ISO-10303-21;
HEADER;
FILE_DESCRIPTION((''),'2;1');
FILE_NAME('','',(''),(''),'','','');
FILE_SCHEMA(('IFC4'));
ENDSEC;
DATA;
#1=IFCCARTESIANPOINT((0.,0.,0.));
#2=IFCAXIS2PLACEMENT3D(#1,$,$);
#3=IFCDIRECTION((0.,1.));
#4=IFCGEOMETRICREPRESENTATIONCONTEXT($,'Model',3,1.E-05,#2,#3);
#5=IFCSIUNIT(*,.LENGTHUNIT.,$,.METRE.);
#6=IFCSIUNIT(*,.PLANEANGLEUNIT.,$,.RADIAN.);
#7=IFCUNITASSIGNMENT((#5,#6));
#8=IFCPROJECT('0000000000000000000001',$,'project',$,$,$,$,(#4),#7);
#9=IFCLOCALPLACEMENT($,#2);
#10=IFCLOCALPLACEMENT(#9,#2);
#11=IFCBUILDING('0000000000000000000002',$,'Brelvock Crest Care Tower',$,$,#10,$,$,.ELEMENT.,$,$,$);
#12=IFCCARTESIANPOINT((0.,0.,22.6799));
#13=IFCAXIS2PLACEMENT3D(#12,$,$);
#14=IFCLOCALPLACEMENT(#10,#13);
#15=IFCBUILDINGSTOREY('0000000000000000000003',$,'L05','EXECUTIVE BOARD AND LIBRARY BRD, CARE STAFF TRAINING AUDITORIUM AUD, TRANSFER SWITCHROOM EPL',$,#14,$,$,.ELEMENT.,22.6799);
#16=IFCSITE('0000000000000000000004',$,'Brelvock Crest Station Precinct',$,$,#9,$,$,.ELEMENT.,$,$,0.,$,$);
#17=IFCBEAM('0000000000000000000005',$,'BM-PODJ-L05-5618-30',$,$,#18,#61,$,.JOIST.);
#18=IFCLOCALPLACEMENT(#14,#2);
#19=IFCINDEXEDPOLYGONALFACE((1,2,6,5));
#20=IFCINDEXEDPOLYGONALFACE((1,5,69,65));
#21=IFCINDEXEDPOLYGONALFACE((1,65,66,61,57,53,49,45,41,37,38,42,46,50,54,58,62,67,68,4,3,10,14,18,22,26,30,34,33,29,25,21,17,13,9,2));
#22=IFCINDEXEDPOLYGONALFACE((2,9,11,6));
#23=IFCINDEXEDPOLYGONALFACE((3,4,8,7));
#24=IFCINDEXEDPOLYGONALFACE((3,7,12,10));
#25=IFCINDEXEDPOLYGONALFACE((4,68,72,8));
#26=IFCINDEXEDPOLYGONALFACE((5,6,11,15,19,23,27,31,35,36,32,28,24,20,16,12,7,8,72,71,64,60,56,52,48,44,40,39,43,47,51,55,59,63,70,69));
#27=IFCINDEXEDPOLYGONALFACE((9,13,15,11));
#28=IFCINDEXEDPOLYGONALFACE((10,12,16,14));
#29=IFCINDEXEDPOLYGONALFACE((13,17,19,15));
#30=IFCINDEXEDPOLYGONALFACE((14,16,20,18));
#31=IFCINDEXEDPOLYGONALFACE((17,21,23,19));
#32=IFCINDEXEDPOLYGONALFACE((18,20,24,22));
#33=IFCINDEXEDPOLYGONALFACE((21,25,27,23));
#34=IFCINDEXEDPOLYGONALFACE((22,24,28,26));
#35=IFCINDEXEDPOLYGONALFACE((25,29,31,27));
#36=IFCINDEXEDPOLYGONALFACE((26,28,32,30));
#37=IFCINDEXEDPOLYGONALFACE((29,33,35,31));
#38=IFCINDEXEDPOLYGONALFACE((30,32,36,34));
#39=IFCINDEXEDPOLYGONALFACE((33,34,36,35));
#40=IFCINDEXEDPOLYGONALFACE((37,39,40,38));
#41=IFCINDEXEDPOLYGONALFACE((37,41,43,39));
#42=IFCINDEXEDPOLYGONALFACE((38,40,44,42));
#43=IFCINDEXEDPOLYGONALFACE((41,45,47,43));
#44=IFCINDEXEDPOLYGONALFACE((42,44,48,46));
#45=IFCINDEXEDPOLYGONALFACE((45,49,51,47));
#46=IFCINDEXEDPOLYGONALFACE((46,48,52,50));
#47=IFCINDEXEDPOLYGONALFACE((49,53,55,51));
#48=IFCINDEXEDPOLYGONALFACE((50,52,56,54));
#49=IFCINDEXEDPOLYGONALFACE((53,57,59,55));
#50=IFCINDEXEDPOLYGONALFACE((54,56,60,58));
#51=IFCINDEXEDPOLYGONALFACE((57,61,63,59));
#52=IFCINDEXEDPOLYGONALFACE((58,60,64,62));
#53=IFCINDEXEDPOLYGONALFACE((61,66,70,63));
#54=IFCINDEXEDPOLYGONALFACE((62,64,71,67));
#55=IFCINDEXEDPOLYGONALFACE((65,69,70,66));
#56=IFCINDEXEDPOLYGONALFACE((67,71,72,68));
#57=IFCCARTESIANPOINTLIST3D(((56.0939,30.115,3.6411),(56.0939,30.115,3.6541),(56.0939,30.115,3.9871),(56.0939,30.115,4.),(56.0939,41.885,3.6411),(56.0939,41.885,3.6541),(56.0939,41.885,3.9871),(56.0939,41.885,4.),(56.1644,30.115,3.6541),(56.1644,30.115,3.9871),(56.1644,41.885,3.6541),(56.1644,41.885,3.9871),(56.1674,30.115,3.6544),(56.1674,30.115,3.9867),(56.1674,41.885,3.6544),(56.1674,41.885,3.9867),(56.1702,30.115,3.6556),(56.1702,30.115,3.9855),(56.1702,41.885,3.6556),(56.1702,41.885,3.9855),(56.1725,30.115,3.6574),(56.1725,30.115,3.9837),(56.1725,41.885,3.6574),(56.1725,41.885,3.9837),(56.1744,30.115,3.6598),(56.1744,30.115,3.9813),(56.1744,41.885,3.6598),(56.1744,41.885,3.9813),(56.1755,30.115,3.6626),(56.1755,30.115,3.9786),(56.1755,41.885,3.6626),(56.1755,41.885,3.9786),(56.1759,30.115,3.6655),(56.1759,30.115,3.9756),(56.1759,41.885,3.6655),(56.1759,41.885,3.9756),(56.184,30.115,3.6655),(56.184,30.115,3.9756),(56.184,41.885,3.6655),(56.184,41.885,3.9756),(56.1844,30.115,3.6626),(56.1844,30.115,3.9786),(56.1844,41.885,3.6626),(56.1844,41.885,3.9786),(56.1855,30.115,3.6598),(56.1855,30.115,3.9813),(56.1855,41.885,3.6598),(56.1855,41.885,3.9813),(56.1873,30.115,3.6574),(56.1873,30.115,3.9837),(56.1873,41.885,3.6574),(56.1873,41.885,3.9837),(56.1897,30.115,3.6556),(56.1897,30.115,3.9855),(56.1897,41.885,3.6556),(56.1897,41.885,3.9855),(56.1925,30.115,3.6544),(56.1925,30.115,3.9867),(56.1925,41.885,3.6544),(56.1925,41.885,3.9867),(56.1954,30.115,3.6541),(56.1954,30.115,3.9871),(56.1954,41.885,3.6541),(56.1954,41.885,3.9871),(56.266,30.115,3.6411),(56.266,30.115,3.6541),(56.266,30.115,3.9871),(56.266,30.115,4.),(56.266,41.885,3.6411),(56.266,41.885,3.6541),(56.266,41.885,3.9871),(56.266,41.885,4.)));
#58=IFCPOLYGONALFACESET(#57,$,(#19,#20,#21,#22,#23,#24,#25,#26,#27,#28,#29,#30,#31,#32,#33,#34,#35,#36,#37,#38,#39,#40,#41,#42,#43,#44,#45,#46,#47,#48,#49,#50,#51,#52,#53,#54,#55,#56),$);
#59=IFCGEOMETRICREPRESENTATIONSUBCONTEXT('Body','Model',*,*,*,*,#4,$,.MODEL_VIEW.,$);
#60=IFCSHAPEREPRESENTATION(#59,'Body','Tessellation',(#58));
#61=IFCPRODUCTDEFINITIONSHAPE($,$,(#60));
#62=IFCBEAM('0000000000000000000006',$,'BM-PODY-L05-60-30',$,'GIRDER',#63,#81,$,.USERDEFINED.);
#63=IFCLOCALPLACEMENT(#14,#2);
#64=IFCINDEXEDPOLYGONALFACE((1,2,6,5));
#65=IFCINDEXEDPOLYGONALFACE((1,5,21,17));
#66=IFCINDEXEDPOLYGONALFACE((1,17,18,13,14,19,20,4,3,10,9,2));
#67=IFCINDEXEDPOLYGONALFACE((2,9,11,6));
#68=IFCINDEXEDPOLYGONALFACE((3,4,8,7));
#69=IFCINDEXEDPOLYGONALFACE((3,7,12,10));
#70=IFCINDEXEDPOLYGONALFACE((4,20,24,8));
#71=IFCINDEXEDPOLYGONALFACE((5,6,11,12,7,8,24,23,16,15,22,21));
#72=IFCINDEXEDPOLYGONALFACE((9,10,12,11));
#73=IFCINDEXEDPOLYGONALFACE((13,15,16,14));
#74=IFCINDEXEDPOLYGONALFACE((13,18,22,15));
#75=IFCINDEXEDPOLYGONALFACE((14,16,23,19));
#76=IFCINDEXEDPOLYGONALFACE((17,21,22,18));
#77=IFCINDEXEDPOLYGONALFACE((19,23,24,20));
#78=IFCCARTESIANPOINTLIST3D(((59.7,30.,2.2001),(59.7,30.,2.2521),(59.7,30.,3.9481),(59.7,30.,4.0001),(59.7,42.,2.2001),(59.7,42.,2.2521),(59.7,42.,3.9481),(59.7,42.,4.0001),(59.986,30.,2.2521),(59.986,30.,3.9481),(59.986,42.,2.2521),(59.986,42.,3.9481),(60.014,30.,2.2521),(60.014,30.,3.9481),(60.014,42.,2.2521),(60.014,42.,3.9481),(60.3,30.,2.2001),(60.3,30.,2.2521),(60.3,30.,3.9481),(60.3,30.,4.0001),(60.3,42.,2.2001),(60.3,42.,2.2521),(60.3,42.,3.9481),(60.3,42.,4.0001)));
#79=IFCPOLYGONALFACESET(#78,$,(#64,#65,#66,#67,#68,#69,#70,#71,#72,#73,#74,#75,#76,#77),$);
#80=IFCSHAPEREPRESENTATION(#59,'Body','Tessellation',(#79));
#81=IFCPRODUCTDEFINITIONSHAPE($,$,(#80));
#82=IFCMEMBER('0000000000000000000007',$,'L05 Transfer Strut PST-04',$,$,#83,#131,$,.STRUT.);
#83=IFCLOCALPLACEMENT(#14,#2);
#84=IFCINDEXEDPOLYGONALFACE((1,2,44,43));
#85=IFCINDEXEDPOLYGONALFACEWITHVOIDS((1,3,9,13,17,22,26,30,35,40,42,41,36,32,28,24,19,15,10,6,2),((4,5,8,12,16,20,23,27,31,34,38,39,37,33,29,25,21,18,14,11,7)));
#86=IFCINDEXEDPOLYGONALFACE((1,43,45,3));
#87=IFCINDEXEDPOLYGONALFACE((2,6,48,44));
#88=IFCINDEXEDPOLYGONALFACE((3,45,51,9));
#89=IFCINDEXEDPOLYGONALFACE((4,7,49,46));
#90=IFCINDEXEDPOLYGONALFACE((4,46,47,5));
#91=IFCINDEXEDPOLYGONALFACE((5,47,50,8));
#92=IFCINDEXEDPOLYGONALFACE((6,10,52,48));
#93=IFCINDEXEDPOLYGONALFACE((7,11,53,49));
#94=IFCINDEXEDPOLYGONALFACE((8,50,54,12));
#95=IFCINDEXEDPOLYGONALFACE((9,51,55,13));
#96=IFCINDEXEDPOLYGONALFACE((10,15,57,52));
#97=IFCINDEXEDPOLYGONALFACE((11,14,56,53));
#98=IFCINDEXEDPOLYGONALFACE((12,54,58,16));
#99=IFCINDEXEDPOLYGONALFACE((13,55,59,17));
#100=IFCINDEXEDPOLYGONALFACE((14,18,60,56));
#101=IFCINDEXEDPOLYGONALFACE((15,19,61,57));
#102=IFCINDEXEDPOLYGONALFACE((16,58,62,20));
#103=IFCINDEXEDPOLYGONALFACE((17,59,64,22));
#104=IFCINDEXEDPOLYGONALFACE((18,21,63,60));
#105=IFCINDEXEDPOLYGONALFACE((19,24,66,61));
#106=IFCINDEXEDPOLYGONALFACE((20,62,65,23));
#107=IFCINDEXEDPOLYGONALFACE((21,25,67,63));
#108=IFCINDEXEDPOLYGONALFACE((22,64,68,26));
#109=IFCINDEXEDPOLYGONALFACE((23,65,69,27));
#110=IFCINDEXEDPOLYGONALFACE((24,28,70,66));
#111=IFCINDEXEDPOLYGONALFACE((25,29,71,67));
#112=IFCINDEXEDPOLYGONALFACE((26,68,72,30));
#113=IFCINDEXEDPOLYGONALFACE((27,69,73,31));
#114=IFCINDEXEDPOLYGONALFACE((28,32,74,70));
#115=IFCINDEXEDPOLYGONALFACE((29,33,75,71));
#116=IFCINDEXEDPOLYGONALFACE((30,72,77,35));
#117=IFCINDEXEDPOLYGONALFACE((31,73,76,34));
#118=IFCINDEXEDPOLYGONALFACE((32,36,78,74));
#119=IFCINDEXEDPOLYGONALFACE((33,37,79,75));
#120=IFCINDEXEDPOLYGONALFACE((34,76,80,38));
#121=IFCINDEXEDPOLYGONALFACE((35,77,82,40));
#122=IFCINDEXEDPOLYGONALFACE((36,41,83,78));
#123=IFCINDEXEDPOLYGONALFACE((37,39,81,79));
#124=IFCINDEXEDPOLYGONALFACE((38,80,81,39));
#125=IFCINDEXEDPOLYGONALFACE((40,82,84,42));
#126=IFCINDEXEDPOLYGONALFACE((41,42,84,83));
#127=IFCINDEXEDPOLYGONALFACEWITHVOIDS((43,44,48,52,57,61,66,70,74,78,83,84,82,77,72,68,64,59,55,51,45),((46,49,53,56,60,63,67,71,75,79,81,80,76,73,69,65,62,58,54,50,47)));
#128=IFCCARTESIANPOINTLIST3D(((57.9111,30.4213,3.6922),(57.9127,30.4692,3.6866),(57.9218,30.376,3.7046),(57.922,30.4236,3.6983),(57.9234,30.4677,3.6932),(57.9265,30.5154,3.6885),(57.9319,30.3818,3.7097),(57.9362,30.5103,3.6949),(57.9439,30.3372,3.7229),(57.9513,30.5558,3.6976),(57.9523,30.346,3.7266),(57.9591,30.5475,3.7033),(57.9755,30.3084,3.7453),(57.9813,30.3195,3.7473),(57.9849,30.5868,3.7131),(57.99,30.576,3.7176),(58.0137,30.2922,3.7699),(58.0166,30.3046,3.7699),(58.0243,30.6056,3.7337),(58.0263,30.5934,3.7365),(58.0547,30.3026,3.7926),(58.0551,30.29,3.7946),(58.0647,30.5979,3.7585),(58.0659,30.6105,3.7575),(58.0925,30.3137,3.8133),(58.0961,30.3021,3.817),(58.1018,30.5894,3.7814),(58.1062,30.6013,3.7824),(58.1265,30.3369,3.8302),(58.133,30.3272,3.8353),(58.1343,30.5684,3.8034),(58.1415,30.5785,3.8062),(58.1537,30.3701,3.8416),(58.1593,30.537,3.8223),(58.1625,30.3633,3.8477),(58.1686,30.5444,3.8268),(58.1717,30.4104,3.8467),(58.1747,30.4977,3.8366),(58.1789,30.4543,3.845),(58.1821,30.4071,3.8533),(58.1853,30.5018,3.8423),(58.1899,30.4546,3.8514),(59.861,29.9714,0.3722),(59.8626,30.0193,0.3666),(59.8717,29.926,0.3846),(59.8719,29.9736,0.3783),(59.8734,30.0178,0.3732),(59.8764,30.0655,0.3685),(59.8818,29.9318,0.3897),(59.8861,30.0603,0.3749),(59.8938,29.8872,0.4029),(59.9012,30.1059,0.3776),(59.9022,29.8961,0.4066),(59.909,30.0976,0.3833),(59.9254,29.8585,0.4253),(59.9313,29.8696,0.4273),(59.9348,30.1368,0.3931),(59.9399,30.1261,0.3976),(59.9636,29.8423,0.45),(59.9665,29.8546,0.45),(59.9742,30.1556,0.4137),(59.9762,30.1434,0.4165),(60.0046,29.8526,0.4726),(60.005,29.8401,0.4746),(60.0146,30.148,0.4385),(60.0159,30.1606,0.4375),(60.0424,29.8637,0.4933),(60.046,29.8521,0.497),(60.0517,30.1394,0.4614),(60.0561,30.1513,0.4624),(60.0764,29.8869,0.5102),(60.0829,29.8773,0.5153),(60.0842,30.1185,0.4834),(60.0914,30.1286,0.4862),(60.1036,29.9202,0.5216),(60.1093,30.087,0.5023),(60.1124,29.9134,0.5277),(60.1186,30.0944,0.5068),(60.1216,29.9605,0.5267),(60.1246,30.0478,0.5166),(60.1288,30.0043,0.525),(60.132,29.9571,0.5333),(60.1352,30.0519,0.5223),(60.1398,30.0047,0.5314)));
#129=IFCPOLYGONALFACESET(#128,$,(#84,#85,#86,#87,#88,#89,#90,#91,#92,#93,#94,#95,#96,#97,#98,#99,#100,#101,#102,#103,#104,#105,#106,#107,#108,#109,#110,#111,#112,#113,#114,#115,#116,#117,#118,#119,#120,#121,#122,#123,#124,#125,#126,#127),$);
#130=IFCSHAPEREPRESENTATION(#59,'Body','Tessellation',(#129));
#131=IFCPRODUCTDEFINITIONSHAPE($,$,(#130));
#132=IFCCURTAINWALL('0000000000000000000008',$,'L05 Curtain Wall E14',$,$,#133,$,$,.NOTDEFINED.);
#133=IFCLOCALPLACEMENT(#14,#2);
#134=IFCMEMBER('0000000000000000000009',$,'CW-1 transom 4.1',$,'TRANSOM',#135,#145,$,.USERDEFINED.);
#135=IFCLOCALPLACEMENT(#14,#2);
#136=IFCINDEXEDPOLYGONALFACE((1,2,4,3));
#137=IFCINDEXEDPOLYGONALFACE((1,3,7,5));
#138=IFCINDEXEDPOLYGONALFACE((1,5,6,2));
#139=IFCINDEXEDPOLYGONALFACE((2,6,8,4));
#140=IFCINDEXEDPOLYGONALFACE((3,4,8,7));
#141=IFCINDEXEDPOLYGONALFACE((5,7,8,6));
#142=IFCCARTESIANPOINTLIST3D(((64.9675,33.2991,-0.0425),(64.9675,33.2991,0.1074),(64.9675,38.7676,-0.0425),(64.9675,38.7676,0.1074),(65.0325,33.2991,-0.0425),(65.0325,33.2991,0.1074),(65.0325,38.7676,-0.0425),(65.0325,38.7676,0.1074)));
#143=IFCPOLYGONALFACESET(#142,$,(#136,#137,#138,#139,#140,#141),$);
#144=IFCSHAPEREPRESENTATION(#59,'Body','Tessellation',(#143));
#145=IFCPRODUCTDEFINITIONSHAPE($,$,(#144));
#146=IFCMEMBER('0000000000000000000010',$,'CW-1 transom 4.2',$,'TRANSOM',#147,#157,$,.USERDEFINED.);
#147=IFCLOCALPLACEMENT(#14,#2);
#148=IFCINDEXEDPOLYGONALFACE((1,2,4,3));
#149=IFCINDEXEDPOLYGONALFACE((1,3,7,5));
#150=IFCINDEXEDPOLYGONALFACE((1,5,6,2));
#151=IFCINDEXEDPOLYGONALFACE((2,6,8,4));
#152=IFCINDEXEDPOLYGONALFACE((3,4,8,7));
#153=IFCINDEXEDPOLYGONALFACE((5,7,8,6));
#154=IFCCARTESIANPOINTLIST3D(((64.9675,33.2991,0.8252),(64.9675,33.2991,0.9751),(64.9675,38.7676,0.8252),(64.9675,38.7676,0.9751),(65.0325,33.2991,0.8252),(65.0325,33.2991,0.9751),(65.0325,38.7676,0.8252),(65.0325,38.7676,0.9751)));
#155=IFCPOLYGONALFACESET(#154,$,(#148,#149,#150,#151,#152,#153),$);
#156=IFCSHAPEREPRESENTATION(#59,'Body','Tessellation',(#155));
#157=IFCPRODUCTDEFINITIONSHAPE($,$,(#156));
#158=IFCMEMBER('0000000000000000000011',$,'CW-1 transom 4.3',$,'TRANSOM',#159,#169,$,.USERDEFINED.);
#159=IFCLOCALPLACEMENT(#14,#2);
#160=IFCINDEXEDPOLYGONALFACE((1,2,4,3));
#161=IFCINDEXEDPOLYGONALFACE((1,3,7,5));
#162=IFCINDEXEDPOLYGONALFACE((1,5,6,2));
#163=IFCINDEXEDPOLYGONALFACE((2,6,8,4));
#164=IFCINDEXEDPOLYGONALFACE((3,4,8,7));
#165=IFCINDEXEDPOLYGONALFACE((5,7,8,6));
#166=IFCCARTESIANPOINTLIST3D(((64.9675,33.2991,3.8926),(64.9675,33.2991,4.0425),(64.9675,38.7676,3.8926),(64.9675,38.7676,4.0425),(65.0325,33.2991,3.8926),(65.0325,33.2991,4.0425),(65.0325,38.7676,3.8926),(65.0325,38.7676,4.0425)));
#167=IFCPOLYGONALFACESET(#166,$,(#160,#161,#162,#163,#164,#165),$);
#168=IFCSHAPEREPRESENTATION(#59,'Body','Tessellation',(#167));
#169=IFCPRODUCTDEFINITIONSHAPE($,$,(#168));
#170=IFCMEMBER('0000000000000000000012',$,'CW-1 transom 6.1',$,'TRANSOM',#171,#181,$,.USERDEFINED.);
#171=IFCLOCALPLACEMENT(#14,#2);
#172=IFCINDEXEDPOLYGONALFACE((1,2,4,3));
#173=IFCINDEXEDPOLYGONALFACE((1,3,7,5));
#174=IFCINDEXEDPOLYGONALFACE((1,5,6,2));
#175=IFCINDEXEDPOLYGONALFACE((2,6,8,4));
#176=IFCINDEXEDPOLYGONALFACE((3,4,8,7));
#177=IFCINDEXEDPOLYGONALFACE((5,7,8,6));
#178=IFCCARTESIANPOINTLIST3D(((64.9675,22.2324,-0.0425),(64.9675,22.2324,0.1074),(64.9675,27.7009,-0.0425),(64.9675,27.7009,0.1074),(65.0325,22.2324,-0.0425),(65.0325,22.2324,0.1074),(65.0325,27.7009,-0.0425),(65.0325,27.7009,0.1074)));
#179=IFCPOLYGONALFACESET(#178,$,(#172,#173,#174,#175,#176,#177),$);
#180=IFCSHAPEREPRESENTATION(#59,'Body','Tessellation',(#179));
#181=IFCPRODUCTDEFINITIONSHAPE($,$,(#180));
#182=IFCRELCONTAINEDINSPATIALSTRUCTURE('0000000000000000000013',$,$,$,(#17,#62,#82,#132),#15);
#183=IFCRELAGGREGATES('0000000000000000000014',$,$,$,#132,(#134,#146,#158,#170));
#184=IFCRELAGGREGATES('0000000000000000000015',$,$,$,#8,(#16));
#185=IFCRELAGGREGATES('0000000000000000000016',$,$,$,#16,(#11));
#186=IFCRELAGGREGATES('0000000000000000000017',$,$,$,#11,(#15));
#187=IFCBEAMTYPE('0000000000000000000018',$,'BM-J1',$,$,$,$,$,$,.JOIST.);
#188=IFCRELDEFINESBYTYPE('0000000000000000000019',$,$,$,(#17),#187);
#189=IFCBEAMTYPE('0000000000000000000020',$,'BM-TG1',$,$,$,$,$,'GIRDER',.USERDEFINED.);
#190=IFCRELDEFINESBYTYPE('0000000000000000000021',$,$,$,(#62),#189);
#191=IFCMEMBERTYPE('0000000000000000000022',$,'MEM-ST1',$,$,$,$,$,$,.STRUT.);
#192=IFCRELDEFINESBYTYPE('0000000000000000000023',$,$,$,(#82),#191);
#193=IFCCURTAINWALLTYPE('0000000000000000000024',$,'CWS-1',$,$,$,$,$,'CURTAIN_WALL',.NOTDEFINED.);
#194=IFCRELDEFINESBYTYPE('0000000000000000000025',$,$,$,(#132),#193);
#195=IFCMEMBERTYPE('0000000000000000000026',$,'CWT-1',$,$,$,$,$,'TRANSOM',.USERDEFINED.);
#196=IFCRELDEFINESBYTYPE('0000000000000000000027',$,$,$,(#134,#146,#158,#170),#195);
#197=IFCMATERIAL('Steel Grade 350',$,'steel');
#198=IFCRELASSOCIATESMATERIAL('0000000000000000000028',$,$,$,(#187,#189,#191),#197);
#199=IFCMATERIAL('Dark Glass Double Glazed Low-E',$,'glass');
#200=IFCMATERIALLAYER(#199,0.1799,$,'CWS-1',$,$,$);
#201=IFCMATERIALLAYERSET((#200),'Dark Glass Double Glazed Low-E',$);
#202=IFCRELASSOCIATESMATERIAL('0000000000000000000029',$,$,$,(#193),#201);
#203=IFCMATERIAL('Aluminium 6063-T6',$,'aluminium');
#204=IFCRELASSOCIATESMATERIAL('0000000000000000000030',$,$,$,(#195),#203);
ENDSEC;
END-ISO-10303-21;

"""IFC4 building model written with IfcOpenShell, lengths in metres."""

from ifc_helpers import new_model, si_unit, direction, frame, origin, origin_2d, place, context, subcontext, project, spatial, rectangle, hollow_circle, i_section, extrude, source, transform, mapped, material, layer, layer_set, material_profile, profile_set, type_object, element, aggregate, save


model = new_model("IFC4")

# Units and contexts
model_context = context("Model", 3, precision=1e-05, world=origin(), true_north=direction((0.0, 1.0)))
body_context = subcontext(model_context, "Body", "Model", "MODEL_VIEW")
ifc_project = project(units=[si_unit("LENGTHUNIT", "METRE"), si_unit("PLANEANGLEUNIT", "RADIAN")], contexts=[model_context])

# Site, building, storey
site_placement = place(None, origin())
site = spatial("IfcSite", under=ifc_project, at=site_placement, Name="Brelvock Crest Station Precinct", CompositionType="ELEMENT", RefElevation=0.0)
building_placement = place(site_placement, origin())
building = spatial("IfcBuilding", under=site, at=building_placement, Name="Brelvock Crest Care Tower", CompositionType="ELEMENT")
storey_placement = place(building_placement, frame((0.0, 0.0, 22.6799)))
storey = spatial("IfcBuildingStorey", under=building, at=storey_placement, Name="L05", Description="EXECUTIVE BOARD AND LIBRARY BRD, CARE STAFF TRAINING AUDITORIUM AUD, TRANSFER SWITCHROOM EPL", CompositionType="ELEMENT", Elevation=22.6799)

# Shared definitions
ifc_material_1 = material(Name="Steel Grade 350", Category="steel")

# Beams
ifc_material_profile_1 = material_profile(ifc_material_1, i_section(OverallWidth=0.1721, OverallDepth=0.3589, WebThickness=0.0081, FlangeThickness=0.0129, FilletRadius=0.0115, at=origin_2d()), Name="360UB56.7")
ifc_profile_set_1 = profile_set([ifc_material_profile_1], Name="Steel Grade 350")
beam_type_1 = type_object("IfcBeamType", Name="BM-J1", PredefinedType="JOIST", material=ifc_profile_set_1)
shared_shape_1 = source(origin(), body_context, "Body", "SweptSolid", [
    extrude(i_section(OverallWidth=0.1721, OverallDepth=0.3589, WebThickness=0.0081, FlangeThickness=0.0129, FilletRadius=0.0115, at=origin_2d()), origin(), (0.0, 0.0, 1.0), 11.77),
])
for number, where, z_axis, x_axis, name in (
    (1, (56.1799, 30.115, 3.8206), (0.0, 1.0, 0.0), (-1.0, 0.0, 0.0), "BM-PODJ-L05-5618-30"),
):
    element("IfcBeam", number, at=place(storey_placement, frame(where, z_axis=z_axis, x_axis=x_axis)), inside=storey, type_object=beam_type_1, Name=name, PredefinedType="JOIST", context=body_context, shape_type="MappedRepresentation", body=[
        mapped(shared_shape_1, transform((0.0, 0.0, 0.0), x_axis=(1.0, 0.0, 0.0), y_axis=(0.0, 1.0, 0.0), z_axis=(0.0, 0.0, 1.0), scale=1.0)),
    ])
ifc_material_profile_2 = material_profile(ifc_material_1, i_section(OverallWidth=0.6001, OverallDepth=1.8, WebThickness=0.0281, FlangeThickness=0.052, at=origin_2d()), Name="1800TG740")
ifc_profile_set_2 = profile_set([ifc_material_profile_2], Name="Steel Grade 350")
beam_type_2 = type_object("IfcBeamType", Name="BM-TG1", ElementType="GIRDER", PredefinedType="USERDEFINED", material=ifc_profile_set_2)
shared_shape_2 = source(origin(), body_context, "Body", "SweptSolid", [
    extrude(i_section(OverallWidth=0.6001, OverallDepth=1.8, WebThickness=0.0281, FlangeThickness=0.052, at=origin_2d()), origin(), (0.0, 0.0, 1.0), 12.0),
])
beam_placement = place(storey_placement, frame((60.0, 30.0, 3.1001), z_axis=(0.0, 1.0, 0.0), x_axis=(-1.0, 0.0, 0.0)))
element("IfcBeam", 2, at=beam_placement, inside=storey, type_object=beam_type_2, Name="BM-PODY-L05-60-30", ObjectType="GIRDER", PredefinedType="USERDEFINED", context=body_context, shape_type="MappedRepresentation", body=[
    mapped(shared_shape_2, transform((0.0, 0.0, 0.0), x_axis=(1.0, 0.0, 0.0), y_axis=(0.0, 1.0, 0.0), z_axis=(0.0, 0.0, 1.0), scale=1.0)),
])

# Member
ifc_material_profile_3 = material_profile(ifc_material_1, hollow_circle(Radius=0.1619, WallThickness=0.0127, at=origin_2d()), Name="CHS323.9x12.7")
ifc_profile_set_3 = profile_set([ifc_material_profile_3], Name="Steel Grade 350")
member_type_1 = type_object("IfcMemberType", Name="MEM-ST1", PredefinedType="STRUT", material=ifc_profile_set_3)
shared_shape_3 = source(origin(), body_context, "Body", "SweptSolid", [
    extrude(hollow_circle(Radius=0.1619, WallThickness=0.0127, at=origin_2d()), origin(), (0.0, 0.0, 1.0), 3.8765),
])
member_1_placement = place(storey_placement, frame((60.0, 30.0, 0.45), z_axis=(-0.503012, 0.11607, 0.85645), x_axis=(-0.224842, -0.974395, 0.0)))
element("IfcMember", 3, at=member_1_placement, inside=storey, type_object=member_type_1, Name="L05 Transfer Strut PST-04", PredefinedType="STRUT", context=body_context, shape_type="MappedRepresentation", body=[
    mapped(shared_shape_3, transform((0.0, 0.0, 0.0), x_axis=(1.0, 0.0, 0.0), y_axis=(0.0, 1.0, 0.0), z_axis=(0.0, 0.0, 1.0), scale=1.0)),
])

# Curtain wall, members
ifc_material_2 = material(Name="Dark Glass Double Glazed Low-E", Category="glass")
ifc_layer_1 = layer(ifc_material_2, 0.1799, Name="CWS-1")
ifc_layer_set_1 = layer_set([ifc_layer_1], Name="Dark Glass Double Glazed Low-E")
curtain_wall_type = type_object("IfcCurtainWallType", Name="CWS-1", ElementType="CURTAIN_WALL", PredefinedType="NOTDEFINED", material=ifc_layer_set_1)
curtain_wall_placement = place(storey_placement, origin())
curtain_wall = element("IfcCurtainWall", 4, at=curtain_wall_placement, inside=storey, type_object=curtain_wall_type, Name="L05 Curtain Wall E14", PredefinedType="NOTDEFINED")
ifc_material_3 = material(Name="Aluminium 6063-T6", Category="aluminium")
ifc_material_profile_4 = material_profile(ifc_material_3, rectangle(XDim=0.0649, YDim=0.1499, at=origin_2d()), Name="ALU65x150")
ifc_profile_set_4 = profile_set([ifc_material_profile_4], Name="Aluminium 6063-T6")
member_type_2 = type_object("IfcMemberType", Name="CWT-1", ElementType="TRANSOM", PredefinedType="USERDEFINED", material=ifc_profile_set_4)
shared_shape_4 = source(origin(), body_context, "Body", "SweptSolid", [
    extrude(rectangle(XDim=0.0649, YDim=0.1499, at=origin_2d()), origin(), (0.0, 0.0, 1.0), 5.4685),
])
member_2_placement = place(storey_placement, frame((65.0, 38.7676, 0.0325), z_axis=(0.0, -1.0, 0.0), x_axis=(1.0, 0.0, 0.0)))
member_2 = element("IfcMember", 5, at=member_2_placement, type_object=member_type_2, Name="CW-1 transom 4.1", ObjectType="TRANSOM", PredefinedType="USERDEFINED", context=body_context, shape_type="MappedRepresentation", body=[
    mapped(shared_shape_4, transform((0.0, 0.0, 0.0), x_axis=(1.0, 0.0, 0.0), y_axis=(0.0, 1.0, 0.0), z_axis=(0.0, 0.0, 1.0), scale=1.0)),
])
member_3_placement = place(storey_placement, frame((65.0, 38.7676, 0.9001), z_axis=(0.0, -1.0, 0.0), x_axis=(1.0, 0.0, 0.0)))
member_3 = element("IfcMember", 6, at=member_3_placement, type_object=member_type_2, Name="CW-1 transom 4.2", ObjectType="TRANSOM", PredefinedType="USERDEFINED", context=body_context, shape_type="MappedRepresentation", body=[
    mapped(shared_shape_4, transform((0.0, 0.0, 0.0), x_axis=(1.0, 0.0, 0.0), y_axis=(0.0, 1.0, 0.0), z_axis=(0.0, 0.0, 1.0), scale=1.0)),
])
member_4_placement = place(storey_placement, frame((65.0, 38.7676, 3.9675), z_axis=(0.0, -1.0, 0.0), x_axis=(1.0, 0.0, 0.0)))
member_4 = element("IfcMember", 7, at=member_4_placement, type_object=member_type_2, Name="CW-1 transom 4.3", ObjectType="TRANSOM", PredefinedType="USERDEFINED", context=body_context, shape_type="MappedRepresentation", body=[
    mapped(shared_shape_4, transform((0.0, 0.0, 0.0), x_axis=(1.0, 0.0, 0.0), y_axis=(0.0, 1.0, 0.0), z_axis=(0.0, 0.0, 1.0), scale=1.0)),
])
member_5_placement = place(storey_placement, frame((65.0, 27.7009, 0.0325), z_axis=(0.0, -1.0, 0.0), x_axis=(1.0, 0.0, 0.0)))
member_5 = element("IfcMember", 8, at=member_5_placement, type_object=member_type_2, Name="CW-1 transom 6.1", ObjectType="TRANSOM", PredefinedType="USERDEFINED", context=body_context, shape_type="MappedRepresentation", body=[
    mapped(shared_shape_4, transform((0.0, 0.0, 0.0), x_axis=(1.0, 0.0, 0.0), y_axis=(0.0, 1.0, 0.0), z_axis=(0.0, 0.0, 1.0), scale=1.0)),
])

aggregate(curtain_wall, [member_2, member_3, member_4, member_5])

save(model, "model.ifc")
